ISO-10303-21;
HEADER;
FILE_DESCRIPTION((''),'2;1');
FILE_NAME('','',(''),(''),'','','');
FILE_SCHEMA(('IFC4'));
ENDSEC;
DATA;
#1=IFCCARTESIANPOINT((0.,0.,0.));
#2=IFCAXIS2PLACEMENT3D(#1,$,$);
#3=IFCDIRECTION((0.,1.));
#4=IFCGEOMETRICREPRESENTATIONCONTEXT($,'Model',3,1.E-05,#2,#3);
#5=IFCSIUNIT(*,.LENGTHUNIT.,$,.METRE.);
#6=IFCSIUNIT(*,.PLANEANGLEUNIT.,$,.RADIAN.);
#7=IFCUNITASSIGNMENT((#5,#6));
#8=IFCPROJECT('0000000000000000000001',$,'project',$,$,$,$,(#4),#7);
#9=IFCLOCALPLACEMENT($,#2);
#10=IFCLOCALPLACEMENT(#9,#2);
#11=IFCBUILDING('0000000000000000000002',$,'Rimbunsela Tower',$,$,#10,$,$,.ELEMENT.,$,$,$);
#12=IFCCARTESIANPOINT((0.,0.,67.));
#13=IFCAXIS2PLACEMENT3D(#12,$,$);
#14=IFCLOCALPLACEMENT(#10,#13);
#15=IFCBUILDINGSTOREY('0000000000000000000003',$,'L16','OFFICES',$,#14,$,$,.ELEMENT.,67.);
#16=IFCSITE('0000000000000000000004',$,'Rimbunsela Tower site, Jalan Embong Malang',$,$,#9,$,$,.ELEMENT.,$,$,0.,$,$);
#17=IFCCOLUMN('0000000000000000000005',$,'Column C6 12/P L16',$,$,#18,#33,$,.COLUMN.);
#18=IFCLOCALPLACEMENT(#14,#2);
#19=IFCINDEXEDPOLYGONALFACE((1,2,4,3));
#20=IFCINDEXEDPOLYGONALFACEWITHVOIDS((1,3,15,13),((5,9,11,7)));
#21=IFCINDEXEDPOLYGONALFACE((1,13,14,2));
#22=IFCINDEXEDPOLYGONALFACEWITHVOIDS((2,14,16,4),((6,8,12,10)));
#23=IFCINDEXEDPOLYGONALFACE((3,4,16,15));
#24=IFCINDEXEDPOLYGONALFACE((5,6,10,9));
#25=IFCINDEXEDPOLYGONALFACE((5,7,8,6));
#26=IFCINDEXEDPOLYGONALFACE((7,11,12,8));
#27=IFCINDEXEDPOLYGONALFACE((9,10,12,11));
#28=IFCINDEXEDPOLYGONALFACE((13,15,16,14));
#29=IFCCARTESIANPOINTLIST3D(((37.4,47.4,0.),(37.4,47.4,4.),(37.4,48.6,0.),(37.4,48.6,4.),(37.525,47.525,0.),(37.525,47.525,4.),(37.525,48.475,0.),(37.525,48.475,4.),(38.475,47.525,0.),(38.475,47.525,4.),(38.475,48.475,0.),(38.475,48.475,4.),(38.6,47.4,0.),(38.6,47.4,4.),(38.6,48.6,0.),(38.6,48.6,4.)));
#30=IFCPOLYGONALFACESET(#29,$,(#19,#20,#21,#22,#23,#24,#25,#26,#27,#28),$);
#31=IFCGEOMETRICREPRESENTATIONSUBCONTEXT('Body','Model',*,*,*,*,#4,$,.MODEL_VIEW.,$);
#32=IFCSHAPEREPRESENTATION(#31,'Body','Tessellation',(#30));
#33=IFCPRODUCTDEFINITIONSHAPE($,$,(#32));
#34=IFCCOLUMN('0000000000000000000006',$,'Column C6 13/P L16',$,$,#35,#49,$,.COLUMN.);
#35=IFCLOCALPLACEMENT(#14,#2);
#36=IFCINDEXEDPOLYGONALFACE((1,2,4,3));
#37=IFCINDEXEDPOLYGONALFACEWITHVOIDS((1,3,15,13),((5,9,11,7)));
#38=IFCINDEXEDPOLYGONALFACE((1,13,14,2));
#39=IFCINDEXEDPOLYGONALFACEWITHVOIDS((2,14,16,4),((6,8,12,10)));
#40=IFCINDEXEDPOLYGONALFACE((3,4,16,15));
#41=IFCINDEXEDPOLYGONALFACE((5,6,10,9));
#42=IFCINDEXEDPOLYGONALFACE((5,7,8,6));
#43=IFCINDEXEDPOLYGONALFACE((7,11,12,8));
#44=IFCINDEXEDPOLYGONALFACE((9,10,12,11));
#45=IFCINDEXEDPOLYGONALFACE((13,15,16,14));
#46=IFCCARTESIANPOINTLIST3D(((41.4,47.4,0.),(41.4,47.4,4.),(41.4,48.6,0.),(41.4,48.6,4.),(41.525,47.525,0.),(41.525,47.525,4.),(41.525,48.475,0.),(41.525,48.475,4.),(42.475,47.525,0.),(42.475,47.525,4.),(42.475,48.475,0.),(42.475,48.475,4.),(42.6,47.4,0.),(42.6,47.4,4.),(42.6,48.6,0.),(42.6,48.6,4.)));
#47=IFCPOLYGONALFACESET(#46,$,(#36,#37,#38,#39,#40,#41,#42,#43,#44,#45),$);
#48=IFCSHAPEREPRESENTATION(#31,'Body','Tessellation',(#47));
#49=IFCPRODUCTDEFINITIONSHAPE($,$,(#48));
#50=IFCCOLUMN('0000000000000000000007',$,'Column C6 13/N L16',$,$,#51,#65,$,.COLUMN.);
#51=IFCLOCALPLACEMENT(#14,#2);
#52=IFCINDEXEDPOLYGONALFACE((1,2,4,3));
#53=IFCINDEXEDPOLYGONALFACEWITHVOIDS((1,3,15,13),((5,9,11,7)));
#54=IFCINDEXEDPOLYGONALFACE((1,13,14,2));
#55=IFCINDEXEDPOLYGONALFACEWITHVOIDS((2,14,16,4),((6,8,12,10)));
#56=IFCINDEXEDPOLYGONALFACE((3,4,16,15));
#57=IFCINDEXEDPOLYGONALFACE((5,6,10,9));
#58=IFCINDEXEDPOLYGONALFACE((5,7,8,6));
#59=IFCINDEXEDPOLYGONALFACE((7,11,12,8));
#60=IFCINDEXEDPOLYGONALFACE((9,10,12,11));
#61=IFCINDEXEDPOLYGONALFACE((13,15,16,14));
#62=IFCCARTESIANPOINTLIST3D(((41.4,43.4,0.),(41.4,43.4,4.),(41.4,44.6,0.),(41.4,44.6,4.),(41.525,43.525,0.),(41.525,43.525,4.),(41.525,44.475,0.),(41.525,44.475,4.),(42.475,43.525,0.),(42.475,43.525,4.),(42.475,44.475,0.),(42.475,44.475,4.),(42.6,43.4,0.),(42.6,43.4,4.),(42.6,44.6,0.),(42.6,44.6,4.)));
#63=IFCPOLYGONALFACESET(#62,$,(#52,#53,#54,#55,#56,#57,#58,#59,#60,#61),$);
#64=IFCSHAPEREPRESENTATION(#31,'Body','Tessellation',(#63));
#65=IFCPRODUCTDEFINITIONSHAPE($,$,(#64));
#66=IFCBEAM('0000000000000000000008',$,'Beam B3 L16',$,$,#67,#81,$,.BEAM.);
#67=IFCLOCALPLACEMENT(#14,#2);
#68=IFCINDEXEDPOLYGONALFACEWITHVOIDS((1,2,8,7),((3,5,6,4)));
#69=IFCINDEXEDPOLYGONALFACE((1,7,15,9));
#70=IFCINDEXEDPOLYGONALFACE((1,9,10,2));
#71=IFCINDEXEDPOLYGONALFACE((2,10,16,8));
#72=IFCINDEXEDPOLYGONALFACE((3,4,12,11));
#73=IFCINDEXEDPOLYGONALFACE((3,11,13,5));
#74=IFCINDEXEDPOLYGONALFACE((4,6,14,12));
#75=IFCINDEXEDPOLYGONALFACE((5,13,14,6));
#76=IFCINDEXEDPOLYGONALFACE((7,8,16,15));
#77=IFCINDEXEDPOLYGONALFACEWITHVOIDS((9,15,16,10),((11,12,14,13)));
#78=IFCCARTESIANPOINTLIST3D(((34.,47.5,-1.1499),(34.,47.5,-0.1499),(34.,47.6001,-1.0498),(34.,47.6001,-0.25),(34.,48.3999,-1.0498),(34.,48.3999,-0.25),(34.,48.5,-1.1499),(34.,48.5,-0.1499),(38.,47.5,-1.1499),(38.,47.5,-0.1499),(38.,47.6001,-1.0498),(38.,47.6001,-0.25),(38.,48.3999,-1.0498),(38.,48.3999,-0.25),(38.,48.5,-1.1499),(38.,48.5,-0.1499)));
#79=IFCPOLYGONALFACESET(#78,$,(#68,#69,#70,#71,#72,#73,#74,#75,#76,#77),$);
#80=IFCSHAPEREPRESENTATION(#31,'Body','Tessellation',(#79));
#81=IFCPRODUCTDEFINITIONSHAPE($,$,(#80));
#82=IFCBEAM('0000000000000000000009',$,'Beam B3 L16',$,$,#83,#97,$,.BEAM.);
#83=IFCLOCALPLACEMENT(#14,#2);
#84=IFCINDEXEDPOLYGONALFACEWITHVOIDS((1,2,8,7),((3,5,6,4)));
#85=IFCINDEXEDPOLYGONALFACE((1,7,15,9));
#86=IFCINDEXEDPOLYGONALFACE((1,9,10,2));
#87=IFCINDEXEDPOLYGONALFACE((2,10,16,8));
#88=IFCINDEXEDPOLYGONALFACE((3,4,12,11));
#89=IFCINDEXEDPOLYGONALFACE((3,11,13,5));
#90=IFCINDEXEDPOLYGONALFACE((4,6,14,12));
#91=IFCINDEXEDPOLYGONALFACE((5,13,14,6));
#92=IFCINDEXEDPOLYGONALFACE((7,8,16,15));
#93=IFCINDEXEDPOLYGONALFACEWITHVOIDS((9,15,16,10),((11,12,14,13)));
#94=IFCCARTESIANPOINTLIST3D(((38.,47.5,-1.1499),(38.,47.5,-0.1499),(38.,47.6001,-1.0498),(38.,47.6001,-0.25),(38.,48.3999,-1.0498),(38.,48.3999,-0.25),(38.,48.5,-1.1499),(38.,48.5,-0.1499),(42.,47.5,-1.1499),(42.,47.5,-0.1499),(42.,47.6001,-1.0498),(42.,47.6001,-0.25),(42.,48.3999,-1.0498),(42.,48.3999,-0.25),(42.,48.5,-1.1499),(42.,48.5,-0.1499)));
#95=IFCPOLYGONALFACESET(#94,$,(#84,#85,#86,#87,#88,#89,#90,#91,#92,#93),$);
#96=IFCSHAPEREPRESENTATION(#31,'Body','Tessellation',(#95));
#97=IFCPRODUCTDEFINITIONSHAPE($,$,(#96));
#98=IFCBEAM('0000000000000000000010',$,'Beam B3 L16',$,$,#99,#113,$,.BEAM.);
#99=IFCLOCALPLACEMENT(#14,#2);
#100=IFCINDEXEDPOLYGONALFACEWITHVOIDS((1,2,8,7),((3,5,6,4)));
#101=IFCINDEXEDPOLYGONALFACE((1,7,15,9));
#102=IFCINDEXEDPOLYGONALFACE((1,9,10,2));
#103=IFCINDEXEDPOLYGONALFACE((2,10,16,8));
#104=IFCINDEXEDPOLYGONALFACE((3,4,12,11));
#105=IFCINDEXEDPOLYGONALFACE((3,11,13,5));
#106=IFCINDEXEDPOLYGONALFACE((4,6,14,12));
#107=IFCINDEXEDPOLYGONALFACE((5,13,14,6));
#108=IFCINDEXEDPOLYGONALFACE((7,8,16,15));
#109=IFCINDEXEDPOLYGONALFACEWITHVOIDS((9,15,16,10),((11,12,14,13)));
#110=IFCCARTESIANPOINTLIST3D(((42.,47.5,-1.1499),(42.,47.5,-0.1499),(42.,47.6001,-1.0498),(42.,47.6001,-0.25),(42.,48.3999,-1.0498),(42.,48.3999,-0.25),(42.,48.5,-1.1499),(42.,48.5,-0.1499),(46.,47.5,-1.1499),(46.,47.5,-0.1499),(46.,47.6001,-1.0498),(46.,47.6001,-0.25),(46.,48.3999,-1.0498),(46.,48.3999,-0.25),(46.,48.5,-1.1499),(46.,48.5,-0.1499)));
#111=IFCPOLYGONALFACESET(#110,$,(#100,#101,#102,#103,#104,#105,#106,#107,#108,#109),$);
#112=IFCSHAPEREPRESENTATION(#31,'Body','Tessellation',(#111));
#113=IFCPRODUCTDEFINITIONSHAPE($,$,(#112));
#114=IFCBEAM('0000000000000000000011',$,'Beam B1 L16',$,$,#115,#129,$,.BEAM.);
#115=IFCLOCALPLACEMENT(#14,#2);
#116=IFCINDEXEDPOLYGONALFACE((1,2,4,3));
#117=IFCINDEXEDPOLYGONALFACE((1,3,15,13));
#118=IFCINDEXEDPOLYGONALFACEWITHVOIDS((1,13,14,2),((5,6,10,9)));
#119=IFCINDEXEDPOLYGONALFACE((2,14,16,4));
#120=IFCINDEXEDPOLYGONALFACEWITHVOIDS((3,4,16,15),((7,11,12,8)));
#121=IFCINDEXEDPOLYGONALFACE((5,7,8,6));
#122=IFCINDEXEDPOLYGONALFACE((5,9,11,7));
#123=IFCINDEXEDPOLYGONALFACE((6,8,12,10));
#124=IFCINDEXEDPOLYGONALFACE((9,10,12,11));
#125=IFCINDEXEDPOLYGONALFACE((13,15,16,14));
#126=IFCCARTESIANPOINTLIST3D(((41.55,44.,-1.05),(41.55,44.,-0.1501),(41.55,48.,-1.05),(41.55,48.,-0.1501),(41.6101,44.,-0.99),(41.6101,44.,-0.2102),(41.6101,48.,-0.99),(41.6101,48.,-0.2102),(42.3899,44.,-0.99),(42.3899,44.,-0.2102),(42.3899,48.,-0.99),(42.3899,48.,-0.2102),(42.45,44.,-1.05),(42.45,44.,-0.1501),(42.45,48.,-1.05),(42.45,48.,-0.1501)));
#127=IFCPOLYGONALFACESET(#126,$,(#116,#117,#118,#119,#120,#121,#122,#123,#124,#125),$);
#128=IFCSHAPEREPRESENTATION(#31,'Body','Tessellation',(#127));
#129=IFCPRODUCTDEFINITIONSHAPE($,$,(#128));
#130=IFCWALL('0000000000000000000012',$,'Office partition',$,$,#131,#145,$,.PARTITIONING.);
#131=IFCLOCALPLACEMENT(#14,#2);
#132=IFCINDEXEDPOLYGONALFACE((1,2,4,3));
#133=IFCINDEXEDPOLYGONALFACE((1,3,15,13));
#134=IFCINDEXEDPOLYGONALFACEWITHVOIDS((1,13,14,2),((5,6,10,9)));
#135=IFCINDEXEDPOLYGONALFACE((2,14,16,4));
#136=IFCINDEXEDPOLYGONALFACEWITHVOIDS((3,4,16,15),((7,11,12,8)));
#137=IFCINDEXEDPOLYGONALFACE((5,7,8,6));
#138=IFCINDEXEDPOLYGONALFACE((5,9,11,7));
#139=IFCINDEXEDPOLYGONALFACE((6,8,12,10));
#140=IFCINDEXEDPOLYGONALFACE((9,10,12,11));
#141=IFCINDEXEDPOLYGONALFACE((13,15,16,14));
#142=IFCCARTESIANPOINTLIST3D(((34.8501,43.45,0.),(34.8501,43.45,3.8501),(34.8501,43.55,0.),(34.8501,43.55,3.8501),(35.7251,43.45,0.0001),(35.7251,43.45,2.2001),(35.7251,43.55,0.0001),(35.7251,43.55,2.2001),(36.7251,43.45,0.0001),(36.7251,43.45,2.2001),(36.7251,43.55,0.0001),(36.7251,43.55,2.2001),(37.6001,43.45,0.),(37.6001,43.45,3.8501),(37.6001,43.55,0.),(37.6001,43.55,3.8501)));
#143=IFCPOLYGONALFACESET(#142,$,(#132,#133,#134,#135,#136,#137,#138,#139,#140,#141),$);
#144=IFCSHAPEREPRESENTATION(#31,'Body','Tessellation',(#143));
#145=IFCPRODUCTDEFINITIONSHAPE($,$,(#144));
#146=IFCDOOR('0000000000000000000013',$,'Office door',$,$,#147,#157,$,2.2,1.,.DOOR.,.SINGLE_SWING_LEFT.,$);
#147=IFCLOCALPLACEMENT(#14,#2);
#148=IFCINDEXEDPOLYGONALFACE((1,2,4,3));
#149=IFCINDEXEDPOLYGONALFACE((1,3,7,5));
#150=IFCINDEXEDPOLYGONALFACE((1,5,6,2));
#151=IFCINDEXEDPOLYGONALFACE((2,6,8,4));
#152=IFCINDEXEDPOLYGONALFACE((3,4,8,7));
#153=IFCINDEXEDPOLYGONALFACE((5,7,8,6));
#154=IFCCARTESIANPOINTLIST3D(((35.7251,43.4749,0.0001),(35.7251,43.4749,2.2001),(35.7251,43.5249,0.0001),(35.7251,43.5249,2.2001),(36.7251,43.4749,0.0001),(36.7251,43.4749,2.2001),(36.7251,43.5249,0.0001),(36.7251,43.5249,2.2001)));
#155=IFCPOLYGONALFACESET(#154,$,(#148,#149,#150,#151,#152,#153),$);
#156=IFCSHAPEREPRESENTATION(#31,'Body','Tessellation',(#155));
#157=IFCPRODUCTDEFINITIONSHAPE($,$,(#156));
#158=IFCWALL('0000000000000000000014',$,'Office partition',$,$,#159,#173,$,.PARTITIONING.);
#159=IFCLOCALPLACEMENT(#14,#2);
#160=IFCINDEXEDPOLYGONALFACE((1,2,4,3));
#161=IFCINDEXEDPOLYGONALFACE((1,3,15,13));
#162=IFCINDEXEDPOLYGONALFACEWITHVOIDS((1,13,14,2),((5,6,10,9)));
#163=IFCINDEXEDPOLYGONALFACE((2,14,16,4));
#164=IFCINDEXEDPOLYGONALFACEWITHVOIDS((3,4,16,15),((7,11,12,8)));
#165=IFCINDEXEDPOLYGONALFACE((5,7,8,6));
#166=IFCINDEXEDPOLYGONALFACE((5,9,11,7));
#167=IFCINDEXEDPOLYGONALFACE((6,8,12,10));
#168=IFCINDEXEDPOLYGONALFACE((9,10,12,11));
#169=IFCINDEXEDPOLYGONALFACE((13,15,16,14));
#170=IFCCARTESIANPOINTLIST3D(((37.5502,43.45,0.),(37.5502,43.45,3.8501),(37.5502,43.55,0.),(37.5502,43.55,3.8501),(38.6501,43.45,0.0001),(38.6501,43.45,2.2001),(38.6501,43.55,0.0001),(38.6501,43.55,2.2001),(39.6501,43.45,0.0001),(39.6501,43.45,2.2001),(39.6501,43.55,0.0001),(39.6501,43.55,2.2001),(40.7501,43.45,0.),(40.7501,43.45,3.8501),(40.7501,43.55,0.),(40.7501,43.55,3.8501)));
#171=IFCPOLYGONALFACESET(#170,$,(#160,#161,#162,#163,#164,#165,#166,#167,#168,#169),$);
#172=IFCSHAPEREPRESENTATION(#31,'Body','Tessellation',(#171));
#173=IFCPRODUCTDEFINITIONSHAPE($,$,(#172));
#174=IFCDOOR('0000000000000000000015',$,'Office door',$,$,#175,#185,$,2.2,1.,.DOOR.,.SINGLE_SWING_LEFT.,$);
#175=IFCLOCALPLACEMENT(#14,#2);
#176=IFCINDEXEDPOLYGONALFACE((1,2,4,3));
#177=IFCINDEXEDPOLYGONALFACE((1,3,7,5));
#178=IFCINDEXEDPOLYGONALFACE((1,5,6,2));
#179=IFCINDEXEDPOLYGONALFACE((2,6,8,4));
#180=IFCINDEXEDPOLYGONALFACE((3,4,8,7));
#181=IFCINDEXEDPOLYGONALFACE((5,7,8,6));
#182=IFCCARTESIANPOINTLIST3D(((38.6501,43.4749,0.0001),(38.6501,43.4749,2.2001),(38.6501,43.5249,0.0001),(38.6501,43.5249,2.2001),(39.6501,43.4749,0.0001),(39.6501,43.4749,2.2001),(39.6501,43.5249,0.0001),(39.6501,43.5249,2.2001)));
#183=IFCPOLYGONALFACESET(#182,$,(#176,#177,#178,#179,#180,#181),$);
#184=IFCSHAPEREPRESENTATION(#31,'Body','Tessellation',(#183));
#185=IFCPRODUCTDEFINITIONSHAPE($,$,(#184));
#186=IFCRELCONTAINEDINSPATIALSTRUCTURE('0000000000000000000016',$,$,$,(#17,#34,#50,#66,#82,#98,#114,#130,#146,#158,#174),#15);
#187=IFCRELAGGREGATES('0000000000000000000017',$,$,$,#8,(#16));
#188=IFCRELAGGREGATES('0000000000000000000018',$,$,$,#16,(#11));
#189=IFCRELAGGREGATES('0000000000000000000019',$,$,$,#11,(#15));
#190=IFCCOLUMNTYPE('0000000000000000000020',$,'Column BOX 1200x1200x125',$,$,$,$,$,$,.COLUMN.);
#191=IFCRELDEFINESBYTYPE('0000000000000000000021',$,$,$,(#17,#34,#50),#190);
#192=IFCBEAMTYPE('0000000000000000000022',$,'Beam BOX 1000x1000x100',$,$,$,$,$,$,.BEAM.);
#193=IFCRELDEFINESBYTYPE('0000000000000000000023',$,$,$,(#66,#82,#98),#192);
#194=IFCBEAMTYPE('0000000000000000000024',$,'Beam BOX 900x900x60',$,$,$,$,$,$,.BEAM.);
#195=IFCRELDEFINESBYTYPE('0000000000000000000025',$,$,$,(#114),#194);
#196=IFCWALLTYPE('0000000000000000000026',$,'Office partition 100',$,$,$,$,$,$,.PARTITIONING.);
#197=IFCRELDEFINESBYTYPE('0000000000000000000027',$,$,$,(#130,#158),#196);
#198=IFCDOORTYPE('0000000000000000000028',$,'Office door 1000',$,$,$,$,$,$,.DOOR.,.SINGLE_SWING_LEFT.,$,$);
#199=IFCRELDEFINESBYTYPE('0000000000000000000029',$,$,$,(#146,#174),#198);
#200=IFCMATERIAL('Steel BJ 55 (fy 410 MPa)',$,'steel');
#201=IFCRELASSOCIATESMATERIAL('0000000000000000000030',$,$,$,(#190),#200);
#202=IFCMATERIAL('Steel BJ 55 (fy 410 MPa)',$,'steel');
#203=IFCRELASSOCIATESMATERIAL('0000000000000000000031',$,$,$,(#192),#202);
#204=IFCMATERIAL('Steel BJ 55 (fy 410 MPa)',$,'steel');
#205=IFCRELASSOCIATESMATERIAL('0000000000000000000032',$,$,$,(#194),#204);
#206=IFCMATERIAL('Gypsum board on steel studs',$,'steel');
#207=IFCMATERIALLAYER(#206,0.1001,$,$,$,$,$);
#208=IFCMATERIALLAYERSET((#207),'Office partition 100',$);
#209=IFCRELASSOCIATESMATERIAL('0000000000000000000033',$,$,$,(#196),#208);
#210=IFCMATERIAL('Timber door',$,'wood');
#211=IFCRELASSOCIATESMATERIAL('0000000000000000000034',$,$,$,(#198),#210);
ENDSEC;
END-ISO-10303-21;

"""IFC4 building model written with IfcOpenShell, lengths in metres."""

from ifc_helpers import new_model, si_unit, direction, frame, frame_2d, origin, origin_2d, place, context, subcontext, project, spatial, rectangle, hollow_rectangle, extrude, material, layer, layer_set, material_profile, profile_set, type_object, element, fill, save


model = new_model("IFC4")

# Units and contexts
model_context = context("Model", 3, precision=1e-05, world=origin(), true_north=direction((0.0, 1.0)))
body_context = subcontext(model_context, "Body", "Model", "MODEL_VIEW")
ifc_project = project(units=[si_unit("LENGTHUNIT", "METRE"), si_unit("PLANEANGLEUNIT", "RADIAN")], contexts=[model_context])

# Site, building, storey
site_placement = place(None, origin())
site = spatial("IfcSite", under=ifc_project, at=site_placement, Name="Rimbunsela Tower site, Jalan Embong Malang", CompositionType="ELEMENT", RefElevation=0.0)
building_placement = place(site_placement, origin())
building = spatial("IfcBuilding", under=site, at=building_placement, Name="Rimbunsela Tower", CompositionType="ELEMENT")
storey_placement = place(building_placement, frame((0.0, 0.0, 67.0)))
storey = spatial("IfcBuildingStorey", under=building, at=storey_placement, Name="L16", Description="OFFICES", CompositionType="ELEMENT", Elevation=67.0)

# Columns
ifc_material_1 = material(Name="Steel BJ 55 (fy 410 MPa)", Category="steel")
ifc_material_profile_1 = material_profile(ifc_material_1, hollow_rectangle(XDim=1.2, YDim=1.2, WallThickness=0.125, at=origin_2d()), Name="BOX 1200x1200x125")
ifc_profile_set_1 = profile_set([ifc_material_profile_1], Name="Steel BJ 55 (fy 410 MPa)")
column_type = type_object("IfcColumnType", Name="Column BOX 1200x1200x125", PredefinedType="COLUMN", material=ifc_profile_set_1)
for number, where, z_axis, x_axis, name in (
    (1, (38.0, 48.0, 0.0), (0.0, 0.0, 1.0), (1.0, 0.0, 0.0), "Column C6 12/P L16"),
    (2, (42.0, 48.0, 0.0), (0.0, 0.0, 1.0), (1.0, 0.0, 0.0), "Column C6 13/P L16"),
    (3, (42.0, 44.0, 0.0), (0.0, 0.0, 1.0), (1.0, 0.0, 0.0), "Column C6 13/N L16"),
):
    element("IfcColumn", number, at=place(storey_placement, frame(where, z_axis=z_axis, x_axis=x_axis)), inside=storey, type_object=column_type, Name=name, PredefinedType="COLUMN", context=body_context, shape_type="SweptSolid", body=[
        extrude(hollow_rectangle(XDim=1.2, YDim=1.2, WallThickness=0.125, at=origin_2d()), origin(), (0.0, 0.0, 1.0), 4.0),
    ])

# Beams
ifc_material_2 = material(Name="Steel BJ 55 (fy 410 MPa)", Category="steel")
ifc_material_profile_2 = material_profile(ifc_material_2, hollow_rectangle(XDim=1.0, YDim=1.0, WallThickness=0.1001, at=origin_2d()), Name="BOX 1000x1000x100")
ifc_profile_set_2 = profile_set([ifc_material_profile_2], Name="Steel BJ 55 (fy 410 MPa)")
beam_type_1 = type_object("IfcBeamType", Name="Beam BOX 1000x1000x100", PredefinedType="BEAM", material=ifc_profile_set_2)
for number, where, z_axis, x_axis, name in (
    (4, (34.0, 48.0, -0.6499), (1.0, 0.0, 0.0), (0.0, 1.0, 0.0), "Beam B3 L16"),
    (5, (38.0, 48.0, -0.6499), (1.0, 0.0, 0.0), (0.0, 1.0, 0.0), "Beam B3 L16"),
    (6, (42.0, 48.0, -0.6499), (1.0, 0.0, 0.0), (0.0, 1.0, 0.0), "Beam B3 L16"),
):
    element("IfcBeam", number, at=place(storey_placement, frame(where, z_axis=z_axis, x_axis=x_axis)), inside=storey, type_object=beam_type_1, Name=name, PredefinedType="BEAM", context=body_context, shape_type="SweptSolid", body=[
        extrude(hollow_rectangle(XDim=1.0, YDim=1.0, WallThickness=0.1001, at=origin_2d()), origin(), (0.0, 0.0, 1.0), 4.0),
    ])
ifc_material_3 = material(Name="Steel BJ 55 (fy 410 MPa)", Category="steel")
ifc_material_profile_3 = material_profile(ifc_material_3, hollow_rectangle(XDim=0.8999, YDim=0.8999, WallThickness=0.0601, at=origin_2d()), Name="BOX 900x900x60")
ifc_profile_set_3 = profile_set([ifc_material_profile_3], Name="Steel BJ 55 (fy 410 MPa)")
beam_type_2 = type_object("IfcBeamType", Name="Beam BOX 900x900x60", PredefinedType="BEAM", material=ifc_profile_set_3)
beam_placement = place(storey_placement, frame((42.0, 44.0, -0.6001), z_axis=(0.0, 1.0, 0.0), x_axis=(-1.0, 0.0, 0.0)))
element("IfcBeam", 7, at=beam_placement, inside=storey, type_object=beam_type_2, Name="Beam B1 L16", PredefinedType="BEAM", context=body_context, shape_type="SweptSolid", body=[
    extrude(hollow_rectangle(XDim=0.8999, YDim=0.8999, WallThickness=0.0601, at=origin_2d()), origin(), (0.0, 0.0, 1.0), 4.0),
])

# Walls, openings, doors
ifc_material_4 = material(Name="Gypsum board on steel studs", Category="steel")
ifc_layer_1 = layer(ifc_material_4, 0.1001)
ifc_layer_set_1 = layer_set([ifc_layer_1], Name="Office partition 100")
wall_type_1 = type_object("IfcWallType", Name="Office partition 100", PredefinedType="PARTITIONING", material=ifc_layer_set_1)
wall_1_placement = place(storey_placement, frame((34.8501, 43.5, 0.0), z_axis=(0.0, 0.0, 1.0), x_axis=(1.0, 0.0, 0.0)))
wall_1 = element("IfcWall", 8, at=wall_1_placement, inside=storey, type_object=wall_type_1, Name="Office partition", PredefinedType="PARTITIONING", context=body_context, shape_type="SweptSolid", body=[
    extrude(rectangle(XDim=2.75, YDim=0.1001, at=frame_2d((1.375, 0.0))), origin(), (0.0, 0.0, 1.0), 3.8501),
])
opening_1_placement = place(wall_1_placement, frame((0.875, 0.0, 0.0)))
opening_1 = element("IfcOpeningElement", 9, at=opening_1_placement, cuts=wall_1, PredefinedType="OPENING", context=body_context, shape_type="SweptSolid", body=[
    extrude(rectangle(XDim=1.0, YDim=2.2, at=frame_2d((0.5, 1.1001))), frame((0.0, 0.0601, 0.0), z_axis=(0.0, -1.0, 0.0), x_axis=(1.0, 0.0, 0.0)), (0.0, 0.0, 1.0), 0.1201),
])
ifc_material_5 = material(Name="Timber door", Category="wood")
door_type = type_object("IfcDoorType", Name="Office door 1000", OperationType="SINGLE_SWING_LEFT", PredefinedType="DOOR", material=ifc_material_5)
door_1_placement = place(opening_1_placement, origin())
door_1 = element("IfcDoor", 10, at=door_1_placement, inside=storey, type_object=door_type, Name="Office door", OperationType="SINGLE_SWING_LEFT", OverallHeight=2.2, OverallWidth=1.0, PredefinedType="DOOR", context=body_context, shape_type="SweptSolid", body=[
    extrude(rectangle(XDim=1.0, YDim=2.2, at=frame_2d((0.5, 1.1001))), frame((0.0, 0.0249, 0.0), z_axis=(0.0, -1.0, 0.0), x_axis=(1.0, 0.0, 0.0)), (0.0, 0.0, 1.0), 0.05),
])
fill(opening_1, door_1)
wall_2_placement = place(storey_placement, frame((37.55, 43.5, 0.0), z_axis=(0.0, 0.0, 1.0), x_axis=(1.0, 0.0, 0.0)))
wall_2 = element("IfcWall", 11, at=wall_2_placement, inside=storey, type_object=wall_type_1, Name="Office partition", PredefinedType="PARTITIONING", context=body_context, shape_type="SweptSolid", body=[
    extrude(rectangle(XDim=3.2, YDim=0.1001, at=frame_2d((1.6001, 0.0))), origin(), (0.0, 0.0, 1.0), 3.8501),
])
opening_2_placement = place(wall_2_placement, frame((1.1001, 0.0, 0.0)))
opening_2 = element("IfcOpeningElement", 12, at=opening_2_placement, cuts=wall_2, PredefinedType="OPENING", context=body_context, shape_type="SweptSolid", body=[
    extrude(rectangle(XDim=1.0, YDim=2.2, at=frame_2d((0.5, 1.1001))), frame((0.0, 0.0601, 0.0), z_axis=(0.0, -1.0, 0.0), x_axis=(1.0, 0.0, 0.0)), (0.0, 0.0, 1.0), 0.1201),
])
door_2_placement = place(opening_2_placement, origin())
door_2 = element("IfcDoor", 13, at=door_2_placement, inside=storey, type_object=door_type, Name="Office door", OperationType="SINGLE_SWING_LEFT", OverallHeight=2.2, OverallWidth=1.0, PredefinedType="DOOR", context=body_context, shape_type="SweptSolid", body=[
    extrude(rectangle(XDim=1.0, YDim=2.2, at=frame_2d((0.5, 1.1001))), frame((0.0, 0.0249, 0.0), z_axis=(0.0, -1.0, 0.0), x_axis=(1.0, 0.0, 0.0)), (0.0, 0.0, 1.0), 0.05),
])
fill(opening_2, door_2)

save(model, "model.ifc")
